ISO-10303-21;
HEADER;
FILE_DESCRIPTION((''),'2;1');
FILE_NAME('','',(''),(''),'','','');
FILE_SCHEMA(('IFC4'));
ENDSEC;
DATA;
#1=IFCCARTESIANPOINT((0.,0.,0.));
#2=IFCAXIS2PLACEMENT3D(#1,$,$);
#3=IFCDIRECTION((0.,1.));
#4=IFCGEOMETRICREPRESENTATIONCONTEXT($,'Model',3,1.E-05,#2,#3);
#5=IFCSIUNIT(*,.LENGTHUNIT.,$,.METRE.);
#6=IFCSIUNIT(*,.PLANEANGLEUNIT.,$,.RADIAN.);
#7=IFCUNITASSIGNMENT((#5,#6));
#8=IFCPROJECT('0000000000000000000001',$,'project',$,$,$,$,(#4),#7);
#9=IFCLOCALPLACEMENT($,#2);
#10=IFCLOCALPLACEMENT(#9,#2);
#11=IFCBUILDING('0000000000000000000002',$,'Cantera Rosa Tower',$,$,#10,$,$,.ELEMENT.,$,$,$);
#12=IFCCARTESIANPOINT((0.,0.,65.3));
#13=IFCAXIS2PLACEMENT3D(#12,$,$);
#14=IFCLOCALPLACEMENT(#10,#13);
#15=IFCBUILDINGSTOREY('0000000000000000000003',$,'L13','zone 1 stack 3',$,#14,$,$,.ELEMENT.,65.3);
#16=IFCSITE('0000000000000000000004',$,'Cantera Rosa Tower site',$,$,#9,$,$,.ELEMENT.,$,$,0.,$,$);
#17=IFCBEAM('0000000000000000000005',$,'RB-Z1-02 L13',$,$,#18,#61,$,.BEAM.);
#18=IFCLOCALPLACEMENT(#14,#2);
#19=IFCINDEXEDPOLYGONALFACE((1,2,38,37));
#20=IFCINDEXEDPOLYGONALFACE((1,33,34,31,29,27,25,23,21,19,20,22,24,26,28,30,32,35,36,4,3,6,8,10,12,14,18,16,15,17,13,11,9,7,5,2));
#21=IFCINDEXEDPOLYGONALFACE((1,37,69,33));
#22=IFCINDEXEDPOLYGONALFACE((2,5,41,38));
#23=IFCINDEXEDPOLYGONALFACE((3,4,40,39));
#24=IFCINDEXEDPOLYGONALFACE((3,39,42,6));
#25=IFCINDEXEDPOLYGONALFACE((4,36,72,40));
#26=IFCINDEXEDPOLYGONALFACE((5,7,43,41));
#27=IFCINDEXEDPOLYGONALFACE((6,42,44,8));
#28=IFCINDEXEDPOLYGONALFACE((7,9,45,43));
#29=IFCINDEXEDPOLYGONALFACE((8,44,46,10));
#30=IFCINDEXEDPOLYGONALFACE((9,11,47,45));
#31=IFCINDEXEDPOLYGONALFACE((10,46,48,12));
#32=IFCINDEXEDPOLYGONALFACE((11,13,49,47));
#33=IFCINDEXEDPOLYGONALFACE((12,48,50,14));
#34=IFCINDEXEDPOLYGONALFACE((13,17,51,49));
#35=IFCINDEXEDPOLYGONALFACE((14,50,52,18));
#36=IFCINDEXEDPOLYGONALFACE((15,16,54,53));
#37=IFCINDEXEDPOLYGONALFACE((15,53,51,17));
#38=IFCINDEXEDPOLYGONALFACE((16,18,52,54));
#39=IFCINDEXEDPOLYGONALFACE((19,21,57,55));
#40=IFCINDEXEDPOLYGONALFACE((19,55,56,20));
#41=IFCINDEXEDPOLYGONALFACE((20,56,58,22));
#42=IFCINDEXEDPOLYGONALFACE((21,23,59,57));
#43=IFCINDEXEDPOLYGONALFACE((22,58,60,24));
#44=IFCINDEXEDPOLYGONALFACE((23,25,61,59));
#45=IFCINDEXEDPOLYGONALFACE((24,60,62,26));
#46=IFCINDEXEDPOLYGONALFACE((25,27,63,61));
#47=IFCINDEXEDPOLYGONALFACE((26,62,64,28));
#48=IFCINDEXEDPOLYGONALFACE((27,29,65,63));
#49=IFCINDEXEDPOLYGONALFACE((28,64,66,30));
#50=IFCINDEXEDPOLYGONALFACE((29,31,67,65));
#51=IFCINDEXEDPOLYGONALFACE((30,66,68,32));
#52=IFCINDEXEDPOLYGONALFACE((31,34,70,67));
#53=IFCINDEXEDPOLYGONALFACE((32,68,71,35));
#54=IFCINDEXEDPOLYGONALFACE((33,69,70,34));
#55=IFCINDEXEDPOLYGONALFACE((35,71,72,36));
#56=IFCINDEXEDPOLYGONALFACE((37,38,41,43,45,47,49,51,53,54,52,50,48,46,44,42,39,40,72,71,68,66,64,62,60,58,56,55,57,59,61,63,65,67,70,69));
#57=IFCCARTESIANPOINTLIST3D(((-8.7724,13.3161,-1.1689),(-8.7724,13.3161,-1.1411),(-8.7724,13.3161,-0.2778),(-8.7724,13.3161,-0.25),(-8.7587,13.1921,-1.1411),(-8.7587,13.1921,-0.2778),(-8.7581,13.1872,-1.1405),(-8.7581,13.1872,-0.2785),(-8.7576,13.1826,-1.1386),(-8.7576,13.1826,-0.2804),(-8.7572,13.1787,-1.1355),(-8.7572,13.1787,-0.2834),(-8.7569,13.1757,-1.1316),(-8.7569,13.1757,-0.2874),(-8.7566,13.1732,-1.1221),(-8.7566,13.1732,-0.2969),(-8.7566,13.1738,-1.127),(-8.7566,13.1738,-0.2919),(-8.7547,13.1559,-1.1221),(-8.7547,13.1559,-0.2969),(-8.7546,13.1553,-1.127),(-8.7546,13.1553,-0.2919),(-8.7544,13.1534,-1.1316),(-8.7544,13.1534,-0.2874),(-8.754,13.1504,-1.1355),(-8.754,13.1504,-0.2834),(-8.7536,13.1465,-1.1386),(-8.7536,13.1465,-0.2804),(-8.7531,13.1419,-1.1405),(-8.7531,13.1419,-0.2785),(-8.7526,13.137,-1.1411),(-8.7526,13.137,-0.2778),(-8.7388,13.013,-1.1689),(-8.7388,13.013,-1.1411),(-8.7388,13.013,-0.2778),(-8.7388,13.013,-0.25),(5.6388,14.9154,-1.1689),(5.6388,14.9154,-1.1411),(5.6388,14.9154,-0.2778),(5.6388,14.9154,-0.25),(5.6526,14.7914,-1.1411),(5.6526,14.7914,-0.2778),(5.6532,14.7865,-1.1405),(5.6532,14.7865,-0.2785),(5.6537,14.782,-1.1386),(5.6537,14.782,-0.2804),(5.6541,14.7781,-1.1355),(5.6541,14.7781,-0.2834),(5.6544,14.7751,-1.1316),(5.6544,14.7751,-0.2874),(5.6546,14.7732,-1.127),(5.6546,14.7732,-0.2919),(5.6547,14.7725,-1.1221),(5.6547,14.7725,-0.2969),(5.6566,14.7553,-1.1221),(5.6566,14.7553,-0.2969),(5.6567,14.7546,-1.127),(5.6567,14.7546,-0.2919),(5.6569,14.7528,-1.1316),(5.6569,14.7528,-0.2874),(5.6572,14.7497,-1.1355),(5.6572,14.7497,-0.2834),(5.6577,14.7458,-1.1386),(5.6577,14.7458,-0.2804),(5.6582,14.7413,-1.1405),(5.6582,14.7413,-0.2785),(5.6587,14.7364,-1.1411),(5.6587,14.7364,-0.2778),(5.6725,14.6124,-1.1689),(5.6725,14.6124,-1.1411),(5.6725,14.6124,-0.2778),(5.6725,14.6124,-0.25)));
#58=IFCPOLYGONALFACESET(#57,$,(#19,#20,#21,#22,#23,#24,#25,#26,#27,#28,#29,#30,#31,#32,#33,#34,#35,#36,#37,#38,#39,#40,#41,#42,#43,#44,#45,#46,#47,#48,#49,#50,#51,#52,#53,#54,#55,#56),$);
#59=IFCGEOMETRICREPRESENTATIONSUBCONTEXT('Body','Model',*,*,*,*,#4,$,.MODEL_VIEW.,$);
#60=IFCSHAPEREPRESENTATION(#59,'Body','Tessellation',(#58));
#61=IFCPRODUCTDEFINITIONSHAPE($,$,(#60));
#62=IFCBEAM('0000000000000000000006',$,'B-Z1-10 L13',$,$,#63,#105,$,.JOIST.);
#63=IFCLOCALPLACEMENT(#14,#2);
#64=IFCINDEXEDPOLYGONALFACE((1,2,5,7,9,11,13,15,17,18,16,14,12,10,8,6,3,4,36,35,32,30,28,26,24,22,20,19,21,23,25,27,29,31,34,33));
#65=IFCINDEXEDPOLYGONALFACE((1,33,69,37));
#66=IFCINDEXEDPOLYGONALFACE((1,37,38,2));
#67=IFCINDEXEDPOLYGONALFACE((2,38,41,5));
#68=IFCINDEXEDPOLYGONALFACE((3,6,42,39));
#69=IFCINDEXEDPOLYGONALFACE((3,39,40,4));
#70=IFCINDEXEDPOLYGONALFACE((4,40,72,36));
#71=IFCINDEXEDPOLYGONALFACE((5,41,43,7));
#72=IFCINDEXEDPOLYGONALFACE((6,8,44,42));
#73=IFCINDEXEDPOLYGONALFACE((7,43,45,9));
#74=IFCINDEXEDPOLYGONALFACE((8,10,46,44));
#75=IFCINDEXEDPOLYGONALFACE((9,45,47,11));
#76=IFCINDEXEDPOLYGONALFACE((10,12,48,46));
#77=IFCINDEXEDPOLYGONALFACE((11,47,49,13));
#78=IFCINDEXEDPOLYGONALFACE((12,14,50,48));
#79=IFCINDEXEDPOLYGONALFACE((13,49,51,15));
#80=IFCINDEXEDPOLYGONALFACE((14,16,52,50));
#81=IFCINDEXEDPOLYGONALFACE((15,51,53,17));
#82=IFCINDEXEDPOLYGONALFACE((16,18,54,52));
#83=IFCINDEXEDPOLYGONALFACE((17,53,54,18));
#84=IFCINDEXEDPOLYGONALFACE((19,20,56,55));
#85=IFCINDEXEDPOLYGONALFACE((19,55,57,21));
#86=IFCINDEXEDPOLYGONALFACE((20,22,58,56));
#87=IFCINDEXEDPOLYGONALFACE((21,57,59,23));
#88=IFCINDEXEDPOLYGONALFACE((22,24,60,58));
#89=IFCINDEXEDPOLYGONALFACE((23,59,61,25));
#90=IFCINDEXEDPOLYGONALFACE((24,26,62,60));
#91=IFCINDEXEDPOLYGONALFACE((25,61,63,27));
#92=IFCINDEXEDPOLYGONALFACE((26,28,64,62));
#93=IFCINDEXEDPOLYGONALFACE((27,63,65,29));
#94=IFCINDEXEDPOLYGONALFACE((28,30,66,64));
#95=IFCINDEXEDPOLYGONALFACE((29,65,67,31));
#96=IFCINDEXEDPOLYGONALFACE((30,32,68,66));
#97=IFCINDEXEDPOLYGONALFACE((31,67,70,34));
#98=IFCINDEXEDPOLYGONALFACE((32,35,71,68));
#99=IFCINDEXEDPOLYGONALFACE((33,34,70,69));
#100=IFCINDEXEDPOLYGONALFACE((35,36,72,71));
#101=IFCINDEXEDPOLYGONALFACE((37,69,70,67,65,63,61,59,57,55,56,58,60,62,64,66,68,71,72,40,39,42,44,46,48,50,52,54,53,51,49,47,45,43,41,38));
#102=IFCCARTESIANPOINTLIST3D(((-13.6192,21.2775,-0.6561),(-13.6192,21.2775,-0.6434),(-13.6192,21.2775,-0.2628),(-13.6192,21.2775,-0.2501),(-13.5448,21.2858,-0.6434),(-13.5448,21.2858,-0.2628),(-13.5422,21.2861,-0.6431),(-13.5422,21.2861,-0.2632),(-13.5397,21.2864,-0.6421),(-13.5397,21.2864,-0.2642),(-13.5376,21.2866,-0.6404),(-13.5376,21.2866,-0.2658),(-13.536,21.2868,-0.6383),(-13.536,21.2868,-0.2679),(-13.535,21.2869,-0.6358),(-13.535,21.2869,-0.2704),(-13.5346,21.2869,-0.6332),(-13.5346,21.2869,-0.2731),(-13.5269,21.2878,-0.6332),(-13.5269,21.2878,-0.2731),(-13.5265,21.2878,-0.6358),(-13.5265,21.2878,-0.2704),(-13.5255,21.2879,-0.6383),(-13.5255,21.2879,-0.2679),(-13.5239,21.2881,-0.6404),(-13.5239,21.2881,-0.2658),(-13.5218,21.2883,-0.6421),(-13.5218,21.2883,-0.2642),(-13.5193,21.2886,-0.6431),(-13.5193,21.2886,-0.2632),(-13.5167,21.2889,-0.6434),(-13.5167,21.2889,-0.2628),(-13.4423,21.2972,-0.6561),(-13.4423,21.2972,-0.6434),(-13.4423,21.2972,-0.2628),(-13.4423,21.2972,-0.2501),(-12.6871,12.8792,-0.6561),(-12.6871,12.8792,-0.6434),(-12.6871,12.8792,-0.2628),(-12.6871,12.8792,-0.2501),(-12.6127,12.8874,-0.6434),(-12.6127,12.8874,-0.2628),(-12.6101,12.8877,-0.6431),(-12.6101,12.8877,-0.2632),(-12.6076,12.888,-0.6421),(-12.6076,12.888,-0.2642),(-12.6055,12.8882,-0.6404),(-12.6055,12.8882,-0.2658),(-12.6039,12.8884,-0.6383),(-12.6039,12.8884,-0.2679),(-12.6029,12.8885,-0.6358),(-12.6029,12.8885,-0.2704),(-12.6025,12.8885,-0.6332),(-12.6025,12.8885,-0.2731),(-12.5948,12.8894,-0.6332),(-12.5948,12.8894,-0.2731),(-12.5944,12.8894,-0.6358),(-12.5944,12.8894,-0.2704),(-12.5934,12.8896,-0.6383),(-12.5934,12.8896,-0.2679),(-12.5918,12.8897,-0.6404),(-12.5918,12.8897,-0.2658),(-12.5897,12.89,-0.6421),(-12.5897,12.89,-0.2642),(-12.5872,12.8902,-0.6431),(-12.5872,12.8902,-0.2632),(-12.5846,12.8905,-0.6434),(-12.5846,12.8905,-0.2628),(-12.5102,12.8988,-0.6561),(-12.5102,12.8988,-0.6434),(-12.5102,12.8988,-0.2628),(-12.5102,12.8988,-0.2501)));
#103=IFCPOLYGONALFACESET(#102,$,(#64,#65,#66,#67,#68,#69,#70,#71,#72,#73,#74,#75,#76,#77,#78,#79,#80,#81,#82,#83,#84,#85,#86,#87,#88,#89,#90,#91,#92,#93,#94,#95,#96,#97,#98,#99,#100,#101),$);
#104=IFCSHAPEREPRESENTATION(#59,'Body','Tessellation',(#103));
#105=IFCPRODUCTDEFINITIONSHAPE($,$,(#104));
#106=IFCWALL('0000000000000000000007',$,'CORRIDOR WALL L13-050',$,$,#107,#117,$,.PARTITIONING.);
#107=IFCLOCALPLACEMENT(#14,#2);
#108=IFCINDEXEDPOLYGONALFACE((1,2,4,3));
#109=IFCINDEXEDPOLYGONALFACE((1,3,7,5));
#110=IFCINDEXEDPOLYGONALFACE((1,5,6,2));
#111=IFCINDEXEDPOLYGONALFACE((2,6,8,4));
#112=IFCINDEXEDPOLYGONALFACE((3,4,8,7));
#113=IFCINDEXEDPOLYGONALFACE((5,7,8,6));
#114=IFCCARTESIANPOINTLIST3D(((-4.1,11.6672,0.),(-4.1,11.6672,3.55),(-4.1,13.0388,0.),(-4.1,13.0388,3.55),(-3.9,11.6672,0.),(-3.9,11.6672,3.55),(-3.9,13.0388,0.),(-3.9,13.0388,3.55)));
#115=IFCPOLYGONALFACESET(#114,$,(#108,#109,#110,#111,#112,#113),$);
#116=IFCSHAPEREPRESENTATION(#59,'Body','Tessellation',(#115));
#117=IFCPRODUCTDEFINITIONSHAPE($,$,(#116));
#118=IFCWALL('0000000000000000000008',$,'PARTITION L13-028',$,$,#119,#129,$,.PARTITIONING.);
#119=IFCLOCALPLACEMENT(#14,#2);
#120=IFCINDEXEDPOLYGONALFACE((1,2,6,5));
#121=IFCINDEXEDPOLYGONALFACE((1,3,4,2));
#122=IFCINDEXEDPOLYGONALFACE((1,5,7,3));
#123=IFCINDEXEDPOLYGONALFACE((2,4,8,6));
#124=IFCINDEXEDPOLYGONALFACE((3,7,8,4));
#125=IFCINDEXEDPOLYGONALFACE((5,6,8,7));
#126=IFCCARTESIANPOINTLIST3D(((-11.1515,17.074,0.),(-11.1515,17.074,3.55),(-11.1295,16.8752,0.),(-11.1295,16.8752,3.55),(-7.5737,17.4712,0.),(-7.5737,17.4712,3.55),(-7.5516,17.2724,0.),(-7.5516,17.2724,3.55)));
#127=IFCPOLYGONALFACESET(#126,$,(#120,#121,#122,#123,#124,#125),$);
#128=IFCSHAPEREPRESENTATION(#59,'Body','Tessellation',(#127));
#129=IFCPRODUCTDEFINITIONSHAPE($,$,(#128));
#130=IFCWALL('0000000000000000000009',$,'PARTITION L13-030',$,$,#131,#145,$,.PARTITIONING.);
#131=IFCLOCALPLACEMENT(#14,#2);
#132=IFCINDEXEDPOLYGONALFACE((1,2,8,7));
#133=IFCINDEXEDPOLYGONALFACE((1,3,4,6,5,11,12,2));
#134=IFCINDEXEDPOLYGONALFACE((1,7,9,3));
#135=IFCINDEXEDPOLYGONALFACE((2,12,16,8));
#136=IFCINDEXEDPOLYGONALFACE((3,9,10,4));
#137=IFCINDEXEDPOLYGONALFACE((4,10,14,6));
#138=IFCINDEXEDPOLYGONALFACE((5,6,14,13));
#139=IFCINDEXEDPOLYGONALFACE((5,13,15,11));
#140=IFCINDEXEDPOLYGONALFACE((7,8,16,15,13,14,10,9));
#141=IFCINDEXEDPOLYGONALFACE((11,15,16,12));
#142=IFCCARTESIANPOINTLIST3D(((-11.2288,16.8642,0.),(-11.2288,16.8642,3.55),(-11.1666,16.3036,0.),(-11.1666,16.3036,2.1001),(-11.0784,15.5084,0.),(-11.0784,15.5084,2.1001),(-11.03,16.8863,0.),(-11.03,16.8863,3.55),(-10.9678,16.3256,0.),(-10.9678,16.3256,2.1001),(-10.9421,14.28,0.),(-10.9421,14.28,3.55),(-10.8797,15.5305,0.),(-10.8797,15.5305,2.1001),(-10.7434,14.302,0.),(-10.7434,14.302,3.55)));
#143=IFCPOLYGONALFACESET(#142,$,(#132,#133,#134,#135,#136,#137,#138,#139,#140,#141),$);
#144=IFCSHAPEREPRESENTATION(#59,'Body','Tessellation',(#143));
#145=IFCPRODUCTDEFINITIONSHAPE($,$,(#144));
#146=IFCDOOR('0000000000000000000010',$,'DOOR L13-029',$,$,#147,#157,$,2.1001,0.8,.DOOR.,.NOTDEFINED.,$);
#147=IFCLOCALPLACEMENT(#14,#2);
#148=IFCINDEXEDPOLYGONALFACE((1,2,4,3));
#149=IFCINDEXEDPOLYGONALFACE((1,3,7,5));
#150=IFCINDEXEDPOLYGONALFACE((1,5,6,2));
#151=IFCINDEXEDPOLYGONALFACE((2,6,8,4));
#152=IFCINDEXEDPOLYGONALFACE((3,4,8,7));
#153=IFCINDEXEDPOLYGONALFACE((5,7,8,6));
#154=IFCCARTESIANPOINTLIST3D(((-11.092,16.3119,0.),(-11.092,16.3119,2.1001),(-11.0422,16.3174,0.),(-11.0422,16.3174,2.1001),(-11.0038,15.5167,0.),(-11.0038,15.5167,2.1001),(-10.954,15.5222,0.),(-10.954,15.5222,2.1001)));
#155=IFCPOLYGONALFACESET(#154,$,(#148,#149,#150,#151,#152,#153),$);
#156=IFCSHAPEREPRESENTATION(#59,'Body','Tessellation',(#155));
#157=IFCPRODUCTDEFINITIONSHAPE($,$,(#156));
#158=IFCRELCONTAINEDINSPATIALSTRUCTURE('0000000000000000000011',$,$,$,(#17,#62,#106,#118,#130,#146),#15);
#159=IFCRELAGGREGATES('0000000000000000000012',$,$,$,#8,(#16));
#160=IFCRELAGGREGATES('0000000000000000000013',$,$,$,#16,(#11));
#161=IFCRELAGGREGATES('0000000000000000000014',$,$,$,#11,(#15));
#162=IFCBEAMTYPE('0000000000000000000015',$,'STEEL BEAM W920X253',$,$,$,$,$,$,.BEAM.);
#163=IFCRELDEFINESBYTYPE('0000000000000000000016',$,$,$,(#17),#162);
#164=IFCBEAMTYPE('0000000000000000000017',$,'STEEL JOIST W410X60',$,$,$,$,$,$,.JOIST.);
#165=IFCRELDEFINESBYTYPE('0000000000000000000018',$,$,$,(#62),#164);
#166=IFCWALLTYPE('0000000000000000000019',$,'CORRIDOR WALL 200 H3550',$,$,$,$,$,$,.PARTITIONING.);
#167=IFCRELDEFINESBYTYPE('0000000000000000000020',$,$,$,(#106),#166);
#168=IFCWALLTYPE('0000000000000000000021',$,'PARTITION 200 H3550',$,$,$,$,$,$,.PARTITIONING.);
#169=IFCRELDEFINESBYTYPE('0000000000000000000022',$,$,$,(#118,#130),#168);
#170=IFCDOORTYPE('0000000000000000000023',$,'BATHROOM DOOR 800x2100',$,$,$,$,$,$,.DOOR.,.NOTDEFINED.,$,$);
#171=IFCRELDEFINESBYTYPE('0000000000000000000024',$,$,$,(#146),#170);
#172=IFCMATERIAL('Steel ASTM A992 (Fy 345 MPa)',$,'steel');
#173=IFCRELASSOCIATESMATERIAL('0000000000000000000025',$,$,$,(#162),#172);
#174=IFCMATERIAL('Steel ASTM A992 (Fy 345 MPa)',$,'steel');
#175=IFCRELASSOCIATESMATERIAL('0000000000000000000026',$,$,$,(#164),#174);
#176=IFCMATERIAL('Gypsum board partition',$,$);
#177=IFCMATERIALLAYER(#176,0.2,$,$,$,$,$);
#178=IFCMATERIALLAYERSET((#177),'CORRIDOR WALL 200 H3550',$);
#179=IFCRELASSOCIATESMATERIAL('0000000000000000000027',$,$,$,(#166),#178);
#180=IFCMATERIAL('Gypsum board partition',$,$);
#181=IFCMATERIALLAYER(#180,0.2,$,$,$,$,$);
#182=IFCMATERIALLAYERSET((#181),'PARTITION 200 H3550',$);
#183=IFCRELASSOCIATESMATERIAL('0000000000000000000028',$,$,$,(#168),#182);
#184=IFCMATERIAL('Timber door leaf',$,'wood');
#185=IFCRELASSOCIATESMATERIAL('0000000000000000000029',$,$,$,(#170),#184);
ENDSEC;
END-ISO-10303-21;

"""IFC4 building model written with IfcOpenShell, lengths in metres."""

from ifc_helpers import new_model, si_unit, direction, frame, frame_2d, origin, origin_2d, place, context, subcontext, project, spatial, rectangle, i_section, extrude, material, layer, layer_set, material_profile, profile_set, type_object, element, fill, save


model = new_model("IFC4")

# Units and contexts
model_context = context("Model", 3, precision=1e-05, world=origin(), true_north=direction((0.0, 1.0)))
body_context = subcontext(model_context, "Body", "Model", "MODEL_VIEW")
ifc_project = project(units=[si_unit("LENGTHUNIT", "METRE"), si_unit("PLANEANGLEUNIT", "RADIAN")], contexts=[model_context])

# Site, building, storey
site_placement = place(None, origin())
site = spatial("IfcSite", under=ifc_project, at=site_placement, Name="Cantera Rosa Tower site", CompositionType="ELEMENT", RefElevation=0.0)
building_placement = place(site_placement, origin())
building = spatial("IfcBuilding", under=site, at=building_placement, Name="Cantera Rosa Tower", CompositionType="ELEMENT")
storey_placement = place(building_placement, frame((0.0, 0.0, 65.3)))
storey = spatial("IfcBuildingStorey", under=building, at=storey_placement, Name="L13", Description="zone 1 stack 3", CompositionType="ELEMENT", Elevation=65.3)

# Beams
ifc_material_1 = material(Name="Steel ASTM A992 (Fy 345 MPa)", Category="steel")
ifc_material_profile_1 = material_profile(ifc_material_1, i_section(OverallWidth=0.3049, OverallDepth=0.9189, WebThickness=0.0173, FlangeThickness=0.0278, FilletRadius=0.019, at=origin_2d()), Name="W920X253")
ifc_profile_set_1 = profile_set([ifc_material_profile_1], Name="Steel ASTM A992 (Fy 345 MPa)")
beam_type_1 = type_object("IfcBeamType", Name="STEEL BEAM W920X253", PredefinedType="BEAM", material=ifc_profile_set_1)
beam_1_placement = place(storey_placement, frame((-8.7556, 13.1646, -0.7095), z_axis=(0.993898, 0.110302, 0.0), x_axis=(-0.110302, 0.993898, 0.0)))
element("IfcBeam", 1, at=beam_1_placement, inside=storey, type_object=beam_type_1, Name="RB-Z1-02 L13", PredefinedType="BEAM", context=body_context, shape_type="SweptSolid", body=[
    extrude(i_section(OverallWidth=0.3049, OverallDepth=0.9189, WebThickness=0.0173, FlangeThickness=0.0278, FilletRadius=0.019, at=origin_2d()), origin(), (0.0, 0.0, 1.0), 14.4998),
])
ifc_material_2 = material(Name="Steel ASTM A992 (Fy 345 MPa)", Category="steel")
ifc_material_profile_2 = material_profile(ifc_material_2, i_section(OverallWidth=0.178, OverallDepth=0.406, WebThickness=0.0078, FlangeThickness=0.0127, FilletRadius=0.0103, at=origin_2d()), Name="W410X60")
ifc_profile_set_2 = profile_set([ifc_material_profile_2], Name="Steel ASTM A992 (Fy 345 MPa)")
beam_type_2 = type_object("IfcBeamType", Name="STEEL JOIST W410X60", PredefinedType="JOIST", material=ifc_profile_set_2)
beam_2_placement = place(storey_placement, frame((-13.5308, 21.2874, -0.4531), z_axis=(0.110311, -0.993897, 0.0), x_axis=(0.993897, 0.110311, 0.0)))
element("IfcBeam", 2, at=beam_2_placement, inside=storey, type_object=beam_type_2, Name="B-Z1-10 L13", PredefinedType="JOIST", context=body_context, shape_type="SweptSolid", body=[
    extrude(i_section(OverallWidth=0.178, OverallDepth=0.406, WebThickness=0.0078, FlangeThickness=0.0127, FilletRadius=0.0103, at=origin_2d()), origin(), (0.0, 0.0, 1.0), 8.45),
])

# Walls
ifc_material_3 = material(Name="Gypsum board partition")
ifc_layer_1 = layer(ifc_material_3, 0.2)
ifc_layer_set_1 = layer_set([ifc_layer_1], Name="CORRIDOR WALL 200 H3550")
wall_type_1 = type_object("IfcWallType", Name="CORRIDOR WALL 200 H3550", PredefinedType="PARTITIONING", material=ifc_layer_set_1)
wall_1_placement = place(storey_placement, frame((-4.0, 13.0388, 0.0), z_axis=(0.0, 0.0, 1.0), x_axis=(0.0, -1.0, 0.0)))
element("IfcWall", 3, at=wall_1_placement, inside=storey, type_object=wall_type_1, Name="CORRIDOR WALL L13-050", PredefinedType="PARTITIONING", context=body_context, shape_type="SweptSolid", body=[
    extrude(rectangle(XDim=1.3716, YDim=0.2, at=frame_2d((0.6858, 0.0))), origin(), (0.0, 0.0, 1.0), 3.55),
])
ifc_material_4 = material(Name="Gypsum board partition")
ifc_layer_2 = layer(ifc_material_4, 0.2)
ifc_layer_set_2 = layer_set([ifc_layer_2], Name="PARTITION 200 H3550")
wall_type_2 = type_object("IfcWallType", Name="PARTITION 200 H3550", PredefinedType="PARTITIONING", material=ifc_layer_set_2)
wall_2_placement = place(storey_placement, frame((-11.1404, 16.9746, 0.0), z_axis=(0.0, 0.0, 1.0), x_axis=(0.993894, 0.110342, 0.0)))
element("IfcWall", 4, at=wall_2_placement, inside=storey, type_object=wall_type_2, Name="PARTITION L13-028", PredefinedType="PARTITIONING", context=body_context, shape_type="SweptSolid", body=[
    extrude(rectangle(XDim=3.5999, YDim=0.2, at=frame_2d((1.7998, 0.0))), origin(), (0.0, 0.0, 1.0), 3.55),
])

# Wall, opening, door
wall_3_placement = place(storey_placement, frame((-10.8428, 14.291, 0.0), z_axis=(0.0, 0.0, 1.0), x_axis=(-0.110236, 0.993905, 0.0)))
wall_3 = element("IfcWall", 5, at=wall_3_placement, inside=storey, type_object=wall_type_2, Name="PARTITION L13-030", PredefinedType="PARTITIONING", context=body_context, shape_type="SweptSolid", body=[
    extrude(rectangle(XDim=2.6001, YDim=0.2, at=frame_2d((1.3, 0.0))), origin(), (0.0, 0.0, 1.0), 3.55),
])
opening_1_placement = place(wall_3_placement, frame((1.2361, 0.0, 0.0)))
opening_1 = element("IfcOpeningElement", 6, at=opening_1_placement, cuts=wall_3, PredefinedType="OPENING", context=body_context, shape_type="SweptSolid", body=[
    extrude(rectangle(XDim=0.8, YDim=2.1001, at=frame_2d((0.3999, 1.05))), frame((0.0, 0.1099, 0.0), z_axis=(0.0, -1.0, 0.0), x_axis=(1.0, 0.0, 0.0)), (0.0, 0.0, 1.0), 0.22),
])
ifc_material_5 = material(Name="Timber door leaf", Category="wood")
door_type_1 = type_object("IfcDoorType", Name="BATHROOM DOOR 800x2100", OperationType="NOTDEFINED", PredefinedType="DOOR", material=ifc_material_5)
door_1_placement = place(opening_1_placement, origin())
door_1 = element("IfcDoor", 7, at=door_1_placement, inside=storey, type_object=door_type_1, Name="DOOR L13-029", OperationType="NOTDEFINED", OverallHeight=2.1001, OverallWidth=0.8, PredefinedType="DOOR", context=body_context, shape_type="SweptSolid", body=[
    extrude(rectangle(XDim=0.8, YDim=2.1001, at=frame_2d((0.3999, 1.05))), frame((0.0, 0.0249, 0.0), z_axis=(0.0, -1.0, 0.0), x_axis=(1.0, 0.0, 0.0)), (0.0, 0.0, 1.0), 0.05),
])
fill(opening_1, door_1)

save(model, "model.ifc")
